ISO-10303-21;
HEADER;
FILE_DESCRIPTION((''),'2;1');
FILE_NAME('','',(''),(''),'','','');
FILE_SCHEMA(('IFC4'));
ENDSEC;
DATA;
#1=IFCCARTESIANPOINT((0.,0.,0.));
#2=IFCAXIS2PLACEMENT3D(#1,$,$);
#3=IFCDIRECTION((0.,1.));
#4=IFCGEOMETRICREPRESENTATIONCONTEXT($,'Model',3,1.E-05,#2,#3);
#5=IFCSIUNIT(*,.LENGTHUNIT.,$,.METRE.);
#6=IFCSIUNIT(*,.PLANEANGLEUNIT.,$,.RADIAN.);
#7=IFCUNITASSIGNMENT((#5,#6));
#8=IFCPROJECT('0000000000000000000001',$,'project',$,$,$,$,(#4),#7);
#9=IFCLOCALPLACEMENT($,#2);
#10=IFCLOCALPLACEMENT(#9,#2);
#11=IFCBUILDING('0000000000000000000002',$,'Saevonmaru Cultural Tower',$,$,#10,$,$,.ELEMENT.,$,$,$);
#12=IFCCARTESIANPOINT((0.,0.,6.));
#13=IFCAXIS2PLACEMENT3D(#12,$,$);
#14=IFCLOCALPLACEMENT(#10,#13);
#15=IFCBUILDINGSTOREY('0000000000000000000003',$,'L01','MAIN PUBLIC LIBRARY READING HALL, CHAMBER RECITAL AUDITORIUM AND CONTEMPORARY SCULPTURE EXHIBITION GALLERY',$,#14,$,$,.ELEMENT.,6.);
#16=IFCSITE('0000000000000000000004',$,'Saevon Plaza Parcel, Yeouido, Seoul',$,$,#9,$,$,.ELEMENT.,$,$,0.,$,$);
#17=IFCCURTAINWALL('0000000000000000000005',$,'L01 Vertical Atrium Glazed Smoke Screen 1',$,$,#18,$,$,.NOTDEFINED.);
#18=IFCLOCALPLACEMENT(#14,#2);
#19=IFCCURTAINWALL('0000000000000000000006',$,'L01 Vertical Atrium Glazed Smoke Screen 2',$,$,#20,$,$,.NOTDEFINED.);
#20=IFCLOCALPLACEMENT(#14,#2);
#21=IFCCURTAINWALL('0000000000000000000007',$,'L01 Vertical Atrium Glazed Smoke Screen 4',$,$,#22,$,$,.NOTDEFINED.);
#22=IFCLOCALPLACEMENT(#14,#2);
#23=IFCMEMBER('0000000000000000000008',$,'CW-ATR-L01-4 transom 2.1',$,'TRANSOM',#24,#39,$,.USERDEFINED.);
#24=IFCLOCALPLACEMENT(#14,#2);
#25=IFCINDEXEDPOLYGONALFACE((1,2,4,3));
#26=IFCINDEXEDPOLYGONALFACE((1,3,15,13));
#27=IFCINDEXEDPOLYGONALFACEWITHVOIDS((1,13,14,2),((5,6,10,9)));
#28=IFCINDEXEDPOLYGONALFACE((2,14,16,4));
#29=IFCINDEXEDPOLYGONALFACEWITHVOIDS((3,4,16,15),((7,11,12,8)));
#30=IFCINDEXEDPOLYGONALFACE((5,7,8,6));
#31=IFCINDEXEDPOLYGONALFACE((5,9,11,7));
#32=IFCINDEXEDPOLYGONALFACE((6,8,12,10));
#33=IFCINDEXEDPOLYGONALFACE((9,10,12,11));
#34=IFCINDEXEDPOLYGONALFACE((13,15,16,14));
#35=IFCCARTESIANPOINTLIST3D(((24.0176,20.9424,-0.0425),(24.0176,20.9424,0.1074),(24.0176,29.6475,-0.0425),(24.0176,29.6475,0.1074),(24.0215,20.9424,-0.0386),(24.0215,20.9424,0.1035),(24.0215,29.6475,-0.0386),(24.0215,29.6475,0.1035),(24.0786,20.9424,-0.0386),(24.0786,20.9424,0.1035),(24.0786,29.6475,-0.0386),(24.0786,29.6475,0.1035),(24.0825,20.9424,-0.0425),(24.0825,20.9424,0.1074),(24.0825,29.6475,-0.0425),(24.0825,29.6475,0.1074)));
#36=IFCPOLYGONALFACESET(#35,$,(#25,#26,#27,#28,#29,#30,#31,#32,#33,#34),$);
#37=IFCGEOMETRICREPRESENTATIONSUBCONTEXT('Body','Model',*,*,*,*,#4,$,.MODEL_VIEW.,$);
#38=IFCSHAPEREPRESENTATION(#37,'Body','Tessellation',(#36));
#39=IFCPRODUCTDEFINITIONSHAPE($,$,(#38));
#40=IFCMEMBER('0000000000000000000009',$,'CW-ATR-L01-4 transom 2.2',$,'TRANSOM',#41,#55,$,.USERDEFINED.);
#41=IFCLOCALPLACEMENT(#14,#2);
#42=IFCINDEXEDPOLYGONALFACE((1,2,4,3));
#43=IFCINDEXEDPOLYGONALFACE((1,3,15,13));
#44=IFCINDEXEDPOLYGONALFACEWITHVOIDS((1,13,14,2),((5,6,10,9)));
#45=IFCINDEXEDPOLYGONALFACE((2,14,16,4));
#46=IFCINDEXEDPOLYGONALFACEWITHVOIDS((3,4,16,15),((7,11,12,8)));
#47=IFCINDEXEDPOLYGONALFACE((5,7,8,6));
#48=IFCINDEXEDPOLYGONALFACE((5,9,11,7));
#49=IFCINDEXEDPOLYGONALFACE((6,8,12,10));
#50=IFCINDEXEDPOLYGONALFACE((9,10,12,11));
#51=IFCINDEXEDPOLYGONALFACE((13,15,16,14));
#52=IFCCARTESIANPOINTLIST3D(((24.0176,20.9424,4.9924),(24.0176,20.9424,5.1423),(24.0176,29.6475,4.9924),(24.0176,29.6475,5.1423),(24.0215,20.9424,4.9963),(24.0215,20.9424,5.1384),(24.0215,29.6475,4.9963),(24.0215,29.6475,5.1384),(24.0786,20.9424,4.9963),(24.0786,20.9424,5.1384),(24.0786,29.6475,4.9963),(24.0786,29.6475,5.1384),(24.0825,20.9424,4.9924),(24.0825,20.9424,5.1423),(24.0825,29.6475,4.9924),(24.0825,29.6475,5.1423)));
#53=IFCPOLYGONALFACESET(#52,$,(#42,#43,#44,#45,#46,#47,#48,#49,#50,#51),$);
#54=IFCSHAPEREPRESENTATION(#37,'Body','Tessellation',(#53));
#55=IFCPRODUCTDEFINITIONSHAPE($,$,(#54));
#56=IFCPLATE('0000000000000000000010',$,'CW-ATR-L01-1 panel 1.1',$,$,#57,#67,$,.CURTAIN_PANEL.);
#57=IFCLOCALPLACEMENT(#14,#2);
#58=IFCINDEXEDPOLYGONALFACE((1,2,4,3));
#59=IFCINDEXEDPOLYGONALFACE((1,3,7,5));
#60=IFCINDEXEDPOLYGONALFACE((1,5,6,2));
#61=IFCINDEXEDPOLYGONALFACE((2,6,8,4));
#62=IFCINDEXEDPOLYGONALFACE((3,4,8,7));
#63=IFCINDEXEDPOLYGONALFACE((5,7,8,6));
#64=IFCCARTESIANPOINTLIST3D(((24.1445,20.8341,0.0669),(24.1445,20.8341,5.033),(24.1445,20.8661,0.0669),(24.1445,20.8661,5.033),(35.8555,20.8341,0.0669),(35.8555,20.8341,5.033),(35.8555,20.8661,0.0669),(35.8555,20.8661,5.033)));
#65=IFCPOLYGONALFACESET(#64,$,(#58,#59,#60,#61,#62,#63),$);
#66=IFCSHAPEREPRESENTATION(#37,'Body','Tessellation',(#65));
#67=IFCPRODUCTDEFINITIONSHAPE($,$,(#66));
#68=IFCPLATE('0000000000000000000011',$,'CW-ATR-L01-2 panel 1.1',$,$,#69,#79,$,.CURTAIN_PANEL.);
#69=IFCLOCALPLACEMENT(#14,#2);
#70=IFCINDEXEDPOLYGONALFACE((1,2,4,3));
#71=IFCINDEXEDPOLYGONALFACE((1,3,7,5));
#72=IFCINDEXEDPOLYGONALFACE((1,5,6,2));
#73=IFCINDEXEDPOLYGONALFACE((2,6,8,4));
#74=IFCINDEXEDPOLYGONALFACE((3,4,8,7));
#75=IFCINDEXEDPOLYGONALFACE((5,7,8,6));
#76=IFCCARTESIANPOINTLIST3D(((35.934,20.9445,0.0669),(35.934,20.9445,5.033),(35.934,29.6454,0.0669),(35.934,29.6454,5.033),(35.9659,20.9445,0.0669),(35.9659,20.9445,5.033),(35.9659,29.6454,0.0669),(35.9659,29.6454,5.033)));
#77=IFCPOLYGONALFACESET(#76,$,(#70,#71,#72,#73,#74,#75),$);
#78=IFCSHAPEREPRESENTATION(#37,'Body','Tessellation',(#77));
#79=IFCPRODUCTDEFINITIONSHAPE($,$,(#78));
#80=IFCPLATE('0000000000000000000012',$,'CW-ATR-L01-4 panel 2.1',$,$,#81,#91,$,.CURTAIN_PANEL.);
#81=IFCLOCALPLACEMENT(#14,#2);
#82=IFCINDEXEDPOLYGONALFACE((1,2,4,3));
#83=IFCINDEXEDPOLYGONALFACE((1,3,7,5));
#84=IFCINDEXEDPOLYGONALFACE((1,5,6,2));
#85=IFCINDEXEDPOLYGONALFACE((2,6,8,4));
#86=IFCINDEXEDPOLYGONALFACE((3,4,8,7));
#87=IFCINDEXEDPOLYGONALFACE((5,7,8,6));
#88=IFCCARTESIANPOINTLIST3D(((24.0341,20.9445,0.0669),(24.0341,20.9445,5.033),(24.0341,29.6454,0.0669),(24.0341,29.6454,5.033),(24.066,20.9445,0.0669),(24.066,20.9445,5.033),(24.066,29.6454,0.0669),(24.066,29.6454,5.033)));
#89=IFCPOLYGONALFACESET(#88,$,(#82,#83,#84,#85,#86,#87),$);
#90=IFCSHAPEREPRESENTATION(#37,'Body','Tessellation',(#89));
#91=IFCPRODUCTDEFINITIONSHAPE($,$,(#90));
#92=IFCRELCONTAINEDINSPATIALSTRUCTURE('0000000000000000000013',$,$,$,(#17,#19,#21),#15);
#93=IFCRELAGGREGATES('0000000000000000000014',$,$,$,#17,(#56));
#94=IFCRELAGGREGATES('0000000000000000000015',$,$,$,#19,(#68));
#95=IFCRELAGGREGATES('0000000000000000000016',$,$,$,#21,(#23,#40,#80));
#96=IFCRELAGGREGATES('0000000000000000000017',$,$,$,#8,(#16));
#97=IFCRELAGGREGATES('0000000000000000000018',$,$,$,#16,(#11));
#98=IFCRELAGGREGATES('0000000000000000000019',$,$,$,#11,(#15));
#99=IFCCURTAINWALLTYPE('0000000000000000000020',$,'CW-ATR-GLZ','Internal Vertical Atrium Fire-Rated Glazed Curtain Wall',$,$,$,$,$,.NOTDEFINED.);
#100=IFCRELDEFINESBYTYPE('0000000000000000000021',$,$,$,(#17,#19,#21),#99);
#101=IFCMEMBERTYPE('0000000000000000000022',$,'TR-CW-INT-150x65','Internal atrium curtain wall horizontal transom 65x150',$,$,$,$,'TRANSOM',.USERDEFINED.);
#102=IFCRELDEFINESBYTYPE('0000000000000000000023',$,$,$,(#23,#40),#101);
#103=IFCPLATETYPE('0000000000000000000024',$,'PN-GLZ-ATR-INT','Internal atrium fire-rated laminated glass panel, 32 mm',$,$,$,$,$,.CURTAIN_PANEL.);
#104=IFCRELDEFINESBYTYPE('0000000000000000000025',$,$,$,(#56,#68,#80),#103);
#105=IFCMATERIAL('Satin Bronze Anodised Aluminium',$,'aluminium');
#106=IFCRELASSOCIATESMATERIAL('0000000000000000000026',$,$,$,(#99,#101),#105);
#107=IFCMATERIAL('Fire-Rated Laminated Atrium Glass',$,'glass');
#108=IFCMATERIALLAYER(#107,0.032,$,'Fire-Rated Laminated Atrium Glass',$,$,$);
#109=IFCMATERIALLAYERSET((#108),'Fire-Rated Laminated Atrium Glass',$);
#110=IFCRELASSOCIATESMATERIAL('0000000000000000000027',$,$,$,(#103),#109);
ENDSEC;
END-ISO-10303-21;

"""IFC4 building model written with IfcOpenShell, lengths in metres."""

from ifc_helpers import new_model, si_unit, direction, frame, origin, origin_2d, place, context, subcontext, project, spatial, rectangle, hollow_rectangle, extrude, material, layer, layer_set, material_profile, profile_set, type_object, element, aggregate, save


model = new_model("IFC4")

# Units and contexts
model_context = context("Model", 3, precision=1e-05, world=origin(), true_north=direction((0.0, 1.0)))
body_context = subcontext(model_context, "Body", "Model", "MODEL_VIEW")
ifc_project = project(units=[si_unit("LENGTHUNIT", "METRE"), si_unit("PLANEANGLEUNIT", "RADIAN")], contexts=[model_context])

# Site, building, storey
site_placement = place(None, origin())
site = spatial("IfcSite", under=ifc_project, at=site_placement, Name="Saevon Plaza Parcel, Yeouido, Seoul", CompositionType="ELEMENT", RefElevation=0.0)
building_placement = place(site_placement, origin())
building = spatial("IfcBuilding", under=site, at=building_placement, Name="Saevonmaru Cultural Tower", CompositionType="ELEMENT")
storey_placement = place(building_placement, frame((0.0, 0.0, 6.0)))
storey = spatial("IfcBuildingStorey", under=building, at=storey_placement, Name="L01", Description="MAIN PUBLIC LIBRARY READING HALL, CHAMBER RECITAL AUDITORIUM AND CONTEMPORARY SCULPTURE EXHIBITION GALLERY", CompositionType="ELEMENT", Elevation=6.0)

# Curtain walls
ifc_material_1 = material(Name="Satin Bronze Anodised Aluminium", Category="aluminium")
curtain_wall_type = type_object("IfcCurtainWallType", Name="CW-ATR-GLZ", Description="Internal Vertical Atrium Fire-Rated Glazed Curtain Wall", PredefinedType="NOTDEFINED", material=ifc_material_1)
curtain_wall_1_placement = place(storey_placement, origin())
curtain_wall_1 = element("IfcCurtainWall", 1, at=curtain_wall_1_placement, inside=storey, type_object=curtain_wall_type, Name="L01 Vertical Atrium Glazed Smoke Screen 1", PredefinedType="NOTDEFINED")
curtain_wall_2_placement = place(storey_placement, origin())
curtain_wall_2 = element("IfcCurtainWall", 2, at=curtain_wall_2_placement, inside=storey, type_object=curtain_wall_type, Name="L01 Vertical Atrium Glazed Smoke Screen 2", PredefinedType="NOTDEFINED")
curtain_wall_3_placement = place(storey_placement, origin())
curtain_wall_3 = element("IfcCurtainWall", 3, at=curtain_wall_3_placement, inside=storey, type_object=curtain_wall_type, Name="L01 Vertical Atrium Glazed Smoke Screen 4", PredefinedType="NOTDEFINED")

# Members
ifc_material_profile_1 = material_profile(ifc_material_1, hollow_rectangle(XDim=0.0649, YDim=0.1499, WallThickness=0.0039, at=origin_2d()), Name="ALU-TRAN-150x65x4")
ifc_profile_set_1 = profile_set([ifc_material_profile_1], Name="Satin Bronze Anodised Aluminium")
member_type_1 = type_object("IfcMemberType", Name="TR-CW-INT-150x65", Description="Internal atrium curtain wall horizontal transom 65x150", ElementType="TRANSOM", PredefinedType="USERDEFINED", material=ifc_profile_set_1)
member_1_placement = place(storey_placement, frame((24.05, 29.6475, 0.0325), z_axis=(0.0, -1.0, 0.0), x_axis=(1.0, 0.0, 0.0)))
member_1 = element("IfcMember", 4, at=member_1_placement, type_object=member_type_1, Name="CW-ATR-L01-4 transom 2.1", ObjectType="TRANSOM", PredefinedType="USERDEFINED", context=body_context, shape_type="SweptSolid", body=[
    extrude(hollow_rectangle(XDim=0.0649, YDim=0.1499, WallThickness=0.0039, at=origin_2d()), origin(), (0.0, 0.0, 1.0), 8.7051),
])
member_2_placement = place(storey_placement, frame((24.05, 29.6475, 5.0674), z_axis=(0.0, -1.0, 0.0), x_axis=(1.0, 0.0, 0.0)))
member_2 = element("IfcMember", 5, at=member_2_placement, type_object=member_type_1, Name="CW-ATR-L01-4 transom 2.2", ObjectType="TRANSOM", PredefinedType="USERDEFINED", context=body_context, shape_type="SweptSolid", body=[
    extrude(hollow_rectangle(XDim=0.0649, YDim=0.1499, WallThickness=0.0039, at=origin_2d()), origin(), (0.0, 0.0, 1.0), 8.7051),
])

# Plates
ifc_material_2 = material(Name="Fire-Rated Laminated Atrium Glass", Category="glass")
ifc_layer = layer(ifc_material_2, 0.032, Name="Fire-Rated Laminated Atrium Glass")
ifc_layer_set = layer_set([ifc_layer], Name="Fire-Rated Laminated Atrium Glass")
plate_type = type_object("IfcPlateType", Name="PN-GLZ-ATR-INT", Description="Internal atrium fire-rated laminated glass panel, 32 mm", PredefinedType="CURTAIN_PANEL", material=ifc_layer_set)
plate_1_placement = place(storey_placement, frame((30.0, 20.8501, 0.0669), z_axis=(0.0, 0.0, 1.0), x_axis=(1.0, 0.0, 0.0)))
plate_1 = element("IfcPlate", 6, at=plate_1_placement, type_object=plate_type, Name="CW-ATR-L01-1 panel 1.1", PredefinedType="CURTAIN_PANEL", context=body_context, shape_type="SweptSolid", body=[
    extrude(rectangle(XDim=11.7109, YDim=0.032, at=origin_2d()), origin(), (0.0, 0.0, 1.0), 4.9661),
])
aggregate(curtain_wall_1, [plate_1])
plate_2_placement = place(storey_placement, frame((35.95, 25.2949, 0.0669), z_axis=(0.0, 0.0, 1.0), x_axis=(0.0, 1.0, 0.0)))
plate_2 = element("IfcPlate", 7, at=plate_2_placement, type_object=plate_type, Name="CW-ATR-L01-2 panel 1.1", PredefinedType="CURTAIN_PANEL", context=body_context, shape_type="SweptSolid", body=[
    extrude(rectangle(XDim=8.7009, YDim=0.032, at=origin_2d()), origin(), (0.0, 0.0, 1.0), 4.9661),
])
aggregate(curtain_wall_2, [plate_2])
plate_3_placement = place(storey_placement, frame((24.05, 25.2949, 0.0669), z_axis=(0.0, 0.0, 1.0), x_axis=(0.0, -1.0, 0.0)))
plate_3 = element("IfcPlate", 8, at=plate_3_placement, type_object=plate_type, Name="CW-ATR-L01-4 panel 2.1", PredefinedType="CURTAIN_PANEL", context=body_context, shape_type="SweptSolid", body=[
    extrude(rectangle(XDim=8.7009, YDim=0.032, at=origin_2d()), origin(), (0.0, 0.0, 1.0), 4.9661),
])
aggregate(curtain_wall_3, [member_1, member_2, plate_3])

save(model, "model.ifc")
